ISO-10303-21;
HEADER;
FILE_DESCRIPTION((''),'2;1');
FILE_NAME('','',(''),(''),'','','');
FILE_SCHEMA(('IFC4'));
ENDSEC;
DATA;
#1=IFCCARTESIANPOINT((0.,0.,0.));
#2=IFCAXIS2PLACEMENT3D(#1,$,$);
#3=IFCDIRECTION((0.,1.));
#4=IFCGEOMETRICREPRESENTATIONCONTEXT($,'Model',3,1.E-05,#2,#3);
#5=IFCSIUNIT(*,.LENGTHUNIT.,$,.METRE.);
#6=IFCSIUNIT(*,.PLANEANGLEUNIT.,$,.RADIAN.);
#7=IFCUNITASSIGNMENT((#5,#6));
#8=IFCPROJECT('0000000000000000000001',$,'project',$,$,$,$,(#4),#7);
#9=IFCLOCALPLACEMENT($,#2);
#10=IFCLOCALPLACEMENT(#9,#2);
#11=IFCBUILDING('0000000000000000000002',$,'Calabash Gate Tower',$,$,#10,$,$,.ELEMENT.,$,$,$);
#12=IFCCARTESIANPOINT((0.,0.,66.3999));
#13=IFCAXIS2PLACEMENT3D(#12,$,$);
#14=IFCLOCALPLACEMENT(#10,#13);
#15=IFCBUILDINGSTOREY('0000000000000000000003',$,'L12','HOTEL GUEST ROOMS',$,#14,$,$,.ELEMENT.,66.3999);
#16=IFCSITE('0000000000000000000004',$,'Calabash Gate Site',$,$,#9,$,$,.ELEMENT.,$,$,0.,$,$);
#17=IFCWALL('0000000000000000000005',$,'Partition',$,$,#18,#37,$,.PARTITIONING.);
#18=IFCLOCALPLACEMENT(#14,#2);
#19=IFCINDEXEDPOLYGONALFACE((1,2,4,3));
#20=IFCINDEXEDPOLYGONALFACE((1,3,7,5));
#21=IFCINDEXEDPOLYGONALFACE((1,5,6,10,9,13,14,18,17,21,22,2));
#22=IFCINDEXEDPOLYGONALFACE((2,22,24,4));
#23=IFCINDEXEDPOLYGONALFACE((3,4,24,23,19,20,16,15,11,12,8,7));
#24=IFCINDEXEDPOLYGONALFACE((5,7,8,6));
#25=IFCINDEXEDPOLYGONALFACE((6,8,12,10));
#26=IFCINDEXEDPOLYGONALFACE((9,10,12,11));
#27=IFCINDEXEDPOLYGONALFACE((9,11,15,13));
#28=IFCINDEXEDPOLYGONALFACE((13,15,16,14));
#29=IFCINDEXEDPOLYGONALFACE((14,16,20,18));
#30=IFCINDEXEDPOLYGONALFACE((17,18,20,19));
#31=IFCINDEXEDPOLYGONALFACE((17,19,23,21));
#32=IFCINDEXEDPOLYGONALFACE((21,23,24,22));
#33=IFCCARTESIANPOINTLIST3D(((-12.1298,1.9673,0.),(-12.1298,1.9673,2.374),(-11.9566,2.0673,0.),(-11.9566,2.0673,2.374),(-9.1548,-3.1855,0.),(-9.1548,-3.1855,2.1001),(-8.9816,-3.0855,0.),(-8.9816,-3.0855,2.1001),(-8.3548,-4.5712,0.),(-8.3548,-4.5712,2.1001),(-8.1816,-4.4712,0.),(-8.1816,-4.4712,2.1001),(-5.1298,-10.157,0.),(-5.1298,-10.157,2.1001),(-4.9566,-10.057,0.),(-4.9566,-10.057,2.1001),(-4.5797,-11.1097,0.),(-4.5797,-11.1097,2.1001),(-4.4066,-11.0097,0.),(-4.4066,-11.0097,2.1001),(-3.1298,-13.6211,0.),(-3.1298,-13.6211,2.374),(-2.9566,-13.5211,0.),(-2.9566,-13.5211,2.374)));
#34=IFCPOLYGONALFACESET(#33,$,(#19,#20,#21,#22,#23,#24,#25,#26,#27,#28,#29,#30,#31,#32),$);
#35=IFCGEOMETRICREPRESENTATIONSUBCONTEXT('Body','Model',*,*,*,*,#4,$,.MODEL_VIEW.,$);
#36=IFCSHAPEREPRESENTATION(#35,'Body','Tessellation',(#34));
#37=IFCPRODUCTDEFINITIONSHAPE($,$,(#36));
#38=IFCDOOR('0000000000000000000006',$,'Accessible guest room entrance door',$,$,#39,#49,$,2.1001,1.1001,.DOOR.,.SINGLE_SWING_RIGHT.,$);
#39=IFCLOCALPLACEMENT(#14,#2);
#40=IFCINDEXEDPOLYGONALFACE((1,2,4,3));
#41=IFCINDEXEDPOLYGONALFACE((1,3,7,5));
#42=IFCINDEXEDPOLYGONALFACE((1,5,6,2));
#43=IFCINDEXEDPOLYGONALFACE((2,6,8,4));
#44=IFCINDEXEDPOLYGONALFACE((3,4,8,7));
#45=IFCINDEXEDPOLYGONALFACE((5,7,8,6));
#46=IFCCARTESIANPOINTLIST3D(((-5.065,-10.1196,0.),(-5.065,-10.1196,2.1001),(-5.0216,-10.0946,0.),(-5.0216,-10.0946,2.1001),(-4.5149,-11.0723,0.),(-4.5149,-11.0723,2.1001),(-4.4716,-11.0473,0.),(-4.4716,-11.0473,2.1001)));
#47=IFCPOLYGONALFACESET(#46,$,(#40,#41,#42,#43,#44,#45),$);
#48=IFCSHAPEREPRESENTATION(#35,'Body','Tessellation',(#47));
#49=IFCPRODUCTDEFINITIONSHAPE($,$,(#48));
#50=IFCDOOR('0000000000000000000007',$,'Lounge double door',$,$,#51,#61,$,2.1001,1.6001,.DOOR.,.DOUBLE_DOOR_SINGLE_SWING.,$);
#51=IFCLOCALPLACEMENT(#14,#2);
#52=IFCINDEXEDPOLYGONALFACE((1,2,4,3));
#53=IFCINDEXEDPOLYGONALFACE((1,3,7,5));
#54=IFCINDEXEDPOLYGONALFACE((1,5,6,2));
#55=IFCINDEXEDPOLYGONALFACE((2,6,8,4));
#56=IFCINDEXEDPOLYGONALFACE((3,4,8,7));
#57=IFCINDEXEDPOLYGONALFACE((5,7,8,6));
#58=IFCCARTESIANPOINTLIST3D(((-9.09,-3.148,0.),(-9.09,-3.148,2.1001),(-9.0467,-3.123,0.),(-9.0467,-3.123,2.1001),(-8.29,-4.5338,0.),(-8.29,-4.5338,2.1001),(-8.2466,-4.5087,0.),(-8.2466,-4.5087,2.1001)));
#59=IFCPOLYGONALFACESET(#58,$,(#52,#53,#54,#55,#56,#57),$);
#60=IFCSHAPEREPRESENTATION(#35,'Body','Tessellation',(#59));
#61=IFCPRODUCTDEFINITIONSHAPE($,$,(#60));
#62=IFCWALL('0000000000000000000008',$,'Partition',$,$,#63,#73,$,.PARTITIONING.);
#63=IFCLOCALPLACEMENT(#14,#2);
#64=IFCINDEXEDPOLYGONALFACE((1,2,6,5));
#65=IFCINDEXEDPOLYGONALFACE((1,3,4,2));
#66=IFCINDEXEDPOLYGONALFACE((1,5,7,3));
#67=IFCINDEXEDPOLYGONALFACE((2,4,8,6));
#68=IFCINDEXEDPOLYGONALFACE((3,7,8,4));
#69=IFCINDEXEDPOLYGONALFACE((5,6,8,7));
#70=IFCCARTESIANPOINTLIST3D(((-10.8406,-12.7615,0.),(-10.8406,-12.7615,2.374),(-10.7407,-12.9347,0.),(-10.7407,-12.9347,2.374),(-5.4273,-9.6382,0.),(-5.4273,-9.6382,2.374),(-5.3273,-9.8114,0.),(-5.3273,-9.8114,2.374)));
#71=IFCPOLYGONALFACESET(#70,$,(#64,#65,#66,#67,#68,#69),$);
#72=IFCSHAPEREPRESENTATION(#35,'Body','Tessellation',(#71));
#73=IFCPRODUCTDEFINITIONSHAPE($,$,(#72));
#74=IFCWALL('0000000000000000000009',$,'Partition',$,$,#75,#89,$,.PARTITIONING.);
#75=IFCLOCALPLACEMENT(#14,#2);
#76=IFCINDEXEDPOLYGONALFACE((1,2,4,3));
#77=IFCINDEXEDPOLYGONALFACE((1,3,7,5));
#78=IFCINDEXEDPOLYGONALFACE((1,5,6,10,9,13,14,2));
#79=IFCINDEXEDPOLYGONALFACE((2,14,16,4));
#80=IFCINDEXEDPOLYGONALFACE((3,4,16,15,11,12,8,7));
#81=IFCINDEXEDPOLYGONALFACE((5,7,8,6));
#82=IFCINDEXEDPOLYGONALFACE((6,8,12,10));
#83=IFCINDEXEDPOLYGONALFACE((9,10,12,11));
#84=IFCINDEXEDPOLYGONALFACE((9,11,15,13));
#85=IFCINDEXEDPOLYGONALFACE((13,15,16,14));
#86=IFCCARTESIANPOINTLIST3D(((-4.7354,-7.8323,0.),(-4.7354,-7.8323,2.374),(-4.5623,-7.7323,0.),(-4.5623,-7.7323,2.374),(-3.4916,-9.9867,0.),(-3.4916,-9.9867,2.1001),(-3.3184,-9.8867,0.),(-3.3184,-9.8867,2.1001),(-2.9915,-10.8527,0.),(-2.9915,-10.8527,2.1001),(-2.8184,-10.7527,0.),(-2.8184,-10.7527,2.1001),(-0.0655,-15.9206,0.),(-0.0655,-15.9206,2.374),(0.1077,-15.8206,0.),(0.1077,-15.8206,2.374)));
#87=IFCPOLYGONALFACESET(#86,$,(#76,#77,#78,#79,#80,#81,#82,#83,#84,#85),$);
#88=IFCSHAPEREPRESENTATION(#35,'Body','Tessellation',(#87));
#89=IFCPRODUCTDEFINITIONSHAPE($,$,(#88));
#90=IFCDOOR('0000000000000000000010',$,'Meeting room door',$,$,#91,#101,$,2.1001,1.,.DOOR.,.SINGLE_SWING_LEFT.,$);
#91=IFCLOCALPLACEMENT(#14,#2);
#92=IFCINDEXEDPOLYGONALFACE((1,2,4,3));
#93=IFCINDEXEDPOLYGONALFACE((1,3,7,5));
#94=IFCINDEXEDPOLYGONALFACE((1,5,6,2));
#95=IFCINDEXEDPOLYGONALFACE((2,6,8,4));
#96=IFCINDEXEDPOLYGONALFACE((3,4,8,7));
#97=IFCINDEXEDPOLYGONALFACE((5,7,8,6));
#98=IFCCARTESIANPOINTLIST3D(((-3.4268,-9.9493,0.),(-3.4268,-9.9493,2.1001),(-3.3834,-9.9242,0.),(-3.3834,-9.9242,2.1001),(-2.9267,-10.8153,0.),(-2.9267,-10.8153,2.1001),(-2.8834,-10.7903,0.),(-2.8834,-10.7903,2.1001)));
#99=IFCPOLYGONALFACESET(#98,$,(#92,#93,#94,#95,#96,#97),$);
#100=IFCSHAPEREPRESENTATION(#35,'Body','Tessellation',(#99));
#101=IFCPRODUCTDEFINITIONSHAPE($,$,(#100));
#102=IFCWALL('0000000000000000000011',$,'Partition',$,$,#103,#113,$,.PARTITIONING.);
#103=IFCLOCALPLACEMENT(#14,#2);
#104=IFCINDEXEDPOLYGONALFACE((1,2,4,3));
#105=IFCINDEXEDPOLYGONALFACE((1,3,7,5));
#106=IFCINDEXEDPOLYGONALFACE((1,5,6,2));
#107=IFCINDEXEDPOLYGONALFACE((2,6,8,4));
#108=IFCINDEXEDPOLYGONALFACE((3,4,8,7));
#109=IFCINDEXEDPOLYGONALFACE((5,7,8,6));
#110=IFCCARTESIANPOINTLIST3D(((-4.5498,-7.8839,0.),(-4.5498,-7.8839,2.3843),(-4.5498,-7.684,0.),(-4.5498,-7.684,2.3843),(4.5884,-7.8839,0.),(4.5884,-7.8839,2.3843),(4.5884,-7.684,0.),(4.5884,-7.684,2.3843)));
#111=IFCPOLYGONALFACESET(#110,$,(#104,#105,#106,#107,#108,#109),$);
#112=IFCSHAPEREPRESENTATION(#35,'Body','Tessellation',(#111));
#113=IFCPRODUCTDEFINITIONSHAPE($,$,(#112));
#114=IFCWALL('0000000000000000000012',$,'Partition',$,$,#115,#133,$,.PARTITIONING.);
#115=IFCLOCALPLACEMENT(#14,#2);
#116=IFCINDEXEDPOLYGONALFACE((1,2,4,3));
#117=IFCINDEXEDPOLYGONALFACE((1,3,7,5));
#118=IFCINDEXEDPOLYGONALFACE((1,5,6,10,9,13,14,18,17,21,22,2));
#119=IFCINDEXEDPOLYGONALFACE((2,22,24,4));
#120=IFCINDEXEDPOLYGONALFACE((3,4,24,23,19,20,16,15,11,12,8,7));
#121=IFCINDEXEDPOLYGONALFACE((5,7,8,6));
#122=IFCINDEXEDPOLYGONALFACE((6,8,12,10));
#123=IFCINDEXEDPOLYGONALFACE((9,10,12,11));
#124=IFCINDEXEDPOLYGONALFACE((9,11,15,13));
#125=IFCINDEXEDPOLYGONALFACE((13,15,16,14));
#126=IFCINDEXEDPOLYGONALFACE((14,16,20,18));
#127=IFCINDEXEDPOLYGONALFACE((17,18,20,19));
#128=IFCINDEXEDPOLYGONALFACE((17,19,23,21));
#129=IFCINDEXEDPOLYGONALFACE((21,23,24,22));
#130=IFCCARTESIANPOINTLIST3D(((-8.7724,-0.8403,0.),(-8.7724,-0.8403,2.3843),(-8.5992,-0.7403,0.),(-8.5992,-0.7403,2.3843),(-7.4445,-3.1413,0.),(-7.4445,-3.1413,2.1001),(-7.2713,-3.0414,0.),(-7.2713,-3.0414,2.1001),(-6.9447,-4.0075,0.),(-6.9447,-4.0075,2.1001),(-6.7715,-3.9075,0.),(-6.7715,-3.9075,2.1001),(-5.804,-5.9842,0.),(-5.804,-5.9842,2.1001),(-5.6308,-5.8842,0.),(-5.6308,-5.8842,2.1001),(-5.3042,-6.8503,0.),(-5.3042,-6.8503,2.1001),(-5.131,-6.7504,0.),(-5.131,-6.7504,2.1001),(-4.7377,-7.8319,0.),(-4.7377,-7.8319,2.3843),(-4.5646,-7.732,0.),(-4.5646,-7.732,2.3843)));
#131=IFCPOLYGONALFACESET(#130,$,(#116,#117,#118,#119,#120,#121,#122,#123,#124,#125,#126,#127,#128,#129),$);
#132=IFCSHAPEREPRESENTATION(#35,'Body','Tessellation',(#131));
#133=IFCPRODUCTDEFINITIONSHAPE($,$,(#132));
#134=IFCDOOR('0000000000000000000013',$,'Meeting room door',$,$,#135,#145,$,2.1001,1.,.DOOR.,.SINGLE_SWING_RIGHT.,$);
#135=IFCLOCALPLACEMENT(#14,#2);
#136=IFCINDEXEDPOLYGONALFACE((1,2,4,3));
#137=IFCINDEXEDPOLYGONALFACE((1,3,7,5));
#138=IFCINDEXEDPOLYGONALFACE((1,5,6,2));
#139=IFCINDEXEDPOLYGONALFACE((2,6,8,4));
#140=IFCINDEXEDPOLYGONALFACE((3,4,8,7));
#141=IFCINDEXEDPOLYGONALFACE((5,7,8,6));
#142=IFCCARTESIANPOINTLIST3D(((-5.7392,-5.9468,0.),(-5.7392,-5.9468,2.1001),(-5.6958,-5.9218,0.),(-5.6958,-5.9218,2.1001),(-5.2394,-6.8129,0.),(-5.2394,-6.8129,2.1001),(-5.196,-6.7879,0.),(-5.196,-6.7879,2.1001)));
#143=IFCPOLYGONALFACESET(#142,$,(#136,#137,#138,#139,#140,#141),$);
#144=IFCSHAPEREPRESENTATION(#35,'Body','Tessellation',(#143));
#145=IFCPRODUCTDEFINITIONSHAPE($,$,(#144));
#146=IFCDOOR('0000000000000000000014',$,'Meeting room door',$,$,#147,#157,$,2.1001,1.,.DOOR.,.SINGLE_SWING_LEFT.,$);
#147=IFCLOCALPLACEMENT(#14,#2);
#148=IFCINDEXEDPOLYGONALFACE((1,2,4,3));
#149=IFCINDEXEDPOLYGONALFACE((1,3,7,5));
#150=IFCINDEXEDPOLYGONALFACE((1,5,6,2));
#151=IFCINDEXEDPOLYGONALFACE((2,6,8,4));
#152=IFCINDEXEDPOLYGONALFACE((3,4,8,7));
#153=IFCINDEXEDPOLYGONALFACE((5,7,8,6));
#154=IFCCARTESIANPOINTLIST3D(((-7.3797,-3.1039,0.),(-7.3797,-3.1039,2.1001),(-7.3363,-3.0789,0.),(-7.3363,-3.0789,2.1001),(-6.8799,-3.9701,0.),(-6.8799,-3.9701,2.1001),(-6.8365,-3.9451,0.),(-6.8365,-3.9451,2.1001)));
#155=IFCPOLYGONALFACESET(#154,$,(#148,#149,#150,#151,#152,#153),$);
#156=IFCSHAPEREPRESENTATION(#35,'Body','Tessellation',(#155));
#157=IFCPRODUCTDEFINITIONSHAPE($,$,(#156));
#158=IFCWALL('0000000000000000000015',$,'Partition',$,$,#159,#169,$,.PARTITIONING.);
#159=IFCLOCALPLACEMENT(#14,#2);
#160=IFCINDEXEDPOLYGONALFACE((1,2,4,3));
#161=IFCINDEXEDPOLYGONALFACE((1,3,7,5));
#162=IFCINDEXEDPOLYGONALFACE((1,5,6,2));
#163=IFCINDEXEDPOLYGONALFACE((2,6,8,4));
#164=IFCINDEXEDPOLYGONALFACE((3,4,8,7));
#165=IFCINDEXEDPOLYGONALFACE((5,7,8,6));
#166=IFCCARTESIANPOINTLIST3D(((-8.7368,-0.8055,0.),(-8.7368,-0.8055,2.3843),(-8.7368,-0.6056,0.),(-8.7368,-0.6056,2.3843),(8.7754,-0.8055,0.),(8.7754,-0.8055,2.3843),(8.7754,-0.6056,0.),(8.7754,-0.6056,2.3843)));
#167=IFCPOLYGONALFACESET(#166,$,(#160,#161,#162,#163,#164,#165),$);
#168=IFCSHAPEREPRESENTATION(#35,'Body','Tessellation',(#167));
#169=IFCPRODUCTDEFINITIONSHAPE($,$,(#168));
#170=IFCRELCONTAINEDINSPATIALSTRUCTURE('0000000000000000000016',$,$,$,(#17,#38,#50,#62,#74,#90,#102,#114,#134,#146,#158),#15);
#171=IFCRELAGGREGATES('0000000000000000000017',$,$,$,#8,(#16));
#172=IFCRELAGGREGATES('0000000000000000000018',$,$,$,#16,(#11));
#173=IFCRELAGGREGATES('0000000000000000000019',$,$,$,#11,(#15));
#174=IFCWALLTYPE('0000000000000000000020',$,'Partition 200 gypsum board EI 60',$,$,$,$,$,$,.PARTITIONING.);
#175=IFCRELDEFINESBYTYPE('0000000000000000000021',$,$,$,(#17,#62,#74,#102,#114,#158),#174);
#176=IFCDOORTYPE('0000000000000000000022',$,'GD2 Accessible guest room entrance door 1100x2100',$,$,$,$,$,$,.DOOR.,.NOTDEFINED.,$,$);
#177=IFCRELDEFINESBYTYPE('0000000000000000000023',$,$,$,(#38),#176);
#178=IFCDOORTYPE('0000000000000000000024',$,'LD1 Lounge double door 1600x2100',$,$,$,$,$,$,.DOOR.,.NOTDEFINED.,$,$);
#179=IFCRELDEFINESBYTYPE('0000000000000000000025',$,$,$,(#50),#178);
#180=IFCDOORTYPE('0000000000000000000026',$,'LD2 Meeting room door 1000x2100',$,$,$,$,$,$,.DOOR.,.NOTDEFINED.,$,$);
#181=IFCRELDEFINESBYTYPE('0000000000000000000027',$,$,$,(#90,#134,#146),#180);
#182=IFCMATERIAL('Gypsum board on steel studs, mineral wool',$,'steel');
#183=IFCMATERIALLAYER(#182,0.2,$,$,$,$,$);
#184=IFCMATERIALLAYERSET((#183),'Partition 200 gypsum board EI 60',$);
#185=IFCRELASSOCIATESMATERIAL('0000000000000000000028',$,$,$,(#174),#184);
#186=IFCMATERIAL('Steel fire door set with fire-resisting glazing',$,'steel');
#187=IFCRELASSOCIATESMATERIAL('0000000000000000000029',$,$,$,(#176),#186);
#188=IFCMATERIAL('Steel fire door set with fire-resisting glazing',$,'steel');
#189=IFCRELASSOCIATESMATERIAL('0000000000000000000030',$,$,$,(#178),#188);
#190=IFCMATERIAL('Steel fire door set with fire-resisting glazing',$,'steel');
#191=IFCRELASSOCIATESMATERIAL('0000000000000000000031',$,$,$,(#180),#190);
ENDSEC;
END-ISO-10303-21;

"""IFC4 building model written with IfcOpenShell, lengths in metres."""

from ifc_helpers import new_model, si_unit, direction, frame, frame_2d, origin, place, context, subcontext, project, spatial, rectangle, extrude, material, layer, layer_set, type_object, element, fill, save


model = new_model("IFC4")

# Units and contexts
model_context = context("Model", 3, precision=1e-05, world=origin(), true_north=direction((0.0, 1.0)))
body_context = subcontext(model_context, "Body", "Model", "MODEL_VIEW")
ifc_project = project(units=[si_unit("LENGTHUNIT", "METRE"), si_unit("PLANEANGLEUNIT", "RADIAN")], contexts=[model_context])

# Site, building, storey
site_placement = place(None, origin())
site = spatial("IfcSite", under=ifc_project, at=site_placement, Name="Calabash Gate Site", CompositionType="ELEMENT", RefElevation=0.0)
building_placement = place(site_placement, origin())
building = spatial("IfcBuilding", under=site, at=building_placement, Name="Calabash Gate Tower", CompositionType="ELEMENT")
storey_placement = place(building_placement, frame((0.0, 0.0, 66.3999)))
storey = spatial("IfcBuildingStorey", under=building, at=storey_placement, Name="L12", Description="HOTEL GUEST ROOMS", CompositionType="ELEMENT", Elevation=66.3999)

# Wall, openings, doors
ifc_material_1 = material(Name="Gypsum board on steel studs, mineral wool", Category="steel")
ifc_layer_1 = layer(ifc_material_1, 0.2)
ifc_layer_set_1 = layer_set([ifc_layer_1], Name="Partition 200 gypsum board EI 60")
wall_type_1 = type_object("IfcWallType", Name="Partition 200 gypsum board EI 60", PredefinedType="PARTITIONING", material=ifc_layer_set_1)
wall_1_placement = place(storey_placement, frame((-12.0432, 2.0173, 0.0), z_axis=(0.0, 0.0, 1.0), x_axis=(0.500002, -0.866024, 0.0)))
wall_1 = element("IfcWall", 1, at=wall_1_placement, inside=storey, type_object=wall_type_1, Name="Partition", PredefinedType="PARTITIONING", context=body_context, shape_type="SweptSolid", body=[
    extrude(rectangle(XDim=18.0, YDim=0.2, at=frame_2d((9.0, 0.0))), origin(), (0.0, 0.0, 1.0), 2.374),
])
opening_1_placement = place(wall_1_placement, frame((5.95, 0.0, 0.0)))
opening_1 = element("IfcOpeningElement", 2, at=opening_1_placement, cuts=wall_1, PredefinedType="OPENING", context=body_context, shape_type="SweptSolid", body=[
    extrude(rectangle(XDim=1.6001, YDim=2.1001, at=frame_2d((0.8, 1.05))), frame((0.0, 0.1099, 0.0), z_axis=(0.0, -1.0, 0.0), x_axis=(1.0, 0.0, 0.0)), (0.0, 0.0, 1.0), 0.22),
])
opening_2_placement = place(wall_1_placement, frame((14.0, 0.0, 0.0)))
opening_2 = element("IfcOpeningElement", 3, at=opening_2_placement, cuts=wall_1, PredefinedType="OPENING", context=body_context, shape_type="SweptSolid", body=[
    extrude(rectangle(XDim=1.1001, YDim=2.1001, at=frame_2d((0.55, 1.05))), frame((0.0, 0.1099, 0.0), z_axis=(0.0, -1.0, 0.0), x_axis=(1.0, 0.0, 0.0)), (0.0, 0.0, 1.0), 0.22),
])
ifc_material_2 = material(Name="Steel fire door set with fire-resisting glazing", Category="steel")
door_type_1 = type_object("IfcDoorType", Name="GD2 Accessible guest room entrance door 1100x2100", OperationType="NOTDEFINED", PredefinedType="DOOR", material=ifc_material_2)
door_1_placement = place(opening_2_placement, origin())
door_1 = element("IfcDoor", 4, at=door_1_placement, inside=storey, type_object=door_type_1, Name="Accessible guest room entrance door", OperationType="SINGLE_SWING_RIGHT", OverallHeight=2.1001, OverallWidth=1.1001, PredefinedType="DOOR", context=body_context, shape_type="SweptSolid", body=[
    extrude(rectangle(XDim=1.1001, YDim=2.1001, at=frame_2d((0.55, 1.05))), frame((0.0, 0.0249, 0.0), z_axis=(0.0, -1.0, 0.0), x_axis=(1.0, 0.0, 0.0)), (0.0, 0.0, 1.0), 0.05),
])
fill(opening_2, door_1)
ifc_material_3 = material(Name="Steel fire door set with fire-resisting glazing", Category="steel")
door_type_2 = type_object("IfcDoorType", Name="LD1 Lounge double door 1600x2100", OperationType="NOTDEFINED", PredefinedType="DOOR", material=ifc_material_3)
door_2_placement = place(opening_1_placement, origin())
door_2 = element("IfcDoor", 5, at=door_2_placement, inside=storey, type_object=door_type_2, Name="Lounge double door", OperationType="DOUBLE_DOOR_SINGLE_SWING", OverallHeight=2.1001, OverallWidth=1.6001, PredefinedType="DOOR", context=body_context, shape_type="SweptSolid", body=[
    extrude(rectangle(XDim=1.6001, YDim=2.1001, at=frame_2d((0.8, 1.05))), frame((0.0, 0.0249, 0.0), z_axis=(0.0, -1.0, 0.0), x_axis=(1.0, 0.0, 0.0)), (0.0, 0.0, 1.0), 0.05),
])
fill(opening_1, door_2)

# Wall
wall_2_placement = place(storey_placement, frame((-10.7908, -12.8481, 0.0), z_axis=(0.0, 0.0, 1.0), x_axis=(0.866171, 0.499748, 0.0)))
element("IfcWall", 6, at=wall_2_placement, inside=storey, type_object=wall_type_1, Name="Partition", PredefinedType="PARTITIONING", context=body_context, shape_type="SweptSolid", body=[
    extrude(rectangle(XDim=6.2498, YDim=0.2, at=frame_2d((3.125, 0.0))), origin(), (0.0, 0.0, 1.0), 2.374),
])

# Wall, opening, door
wall_3_placement = place(storey_placement, frame((-4.6489, -7.7822, 0.0), z_axis=(0.0, 0.0, 1.0), x_axis=(0.500019, -0.866015, 0.0)))
wall_3 = element("IfcWall", 7, at=wall_3_placement, inside=storey, type_object=wall_type_1, Name="Partition", PredefinedType="PARTITIONING", context=body_context, shape_type="SweptSolid", body=[
    extrude(rectangle(XDim=9.3396, YDim=0.2, at=frame_2d((4.6699, 0.0))), origin(), (0.0, 0.0, 1.0), 2.374),
])
opening_3_placement = place(wall_3_placement, frame((2.4878, 0.0, 0.0)))
opening_3 = element("IfcOpeningElement", 8, at=opening_3_placement, cuts=wall_3, PredefinedType="OPENING", context=body_context, shape_type="SweptSolid", body=[
    extrude(rectangle(XDim=1.0, YDim=2.1001, at=frame_2d((0.5, 1.05))), frame((0.0, 0.1099, 0.0), z_axis=(0.0, -1.0, 0.0), x_axis=(1.0, 0.0, 0.0)), (0.0, 0.0, 1.0), 0.22),
])
ifc_material_4 = material(Name="Steel fire door set with fire-resisting glazing", Category="steel")
door_type_3 = type_object("IfcDoorType", Name="LD2 Meeting room door 1000x2100", OperationType="NOTDEFINED", PredefinedType="DOOR", material=ifc_material_4)
door_3_placement = place(opening_3_placement, origin())
door_3 = element("IfcDoor", 9, at=door_3_placement, inside=storey, type_object=door_type_3, Name="Meeting room door", OperationType="SINGLE_SWING_LEFT", OverallHeight=2.1001, OverallWidth=1.0, PredefinedType="DOOR", context=body_context, shape_type="SweptSolid", body=[
    extrude(rectangle(XDim=1.0, YDim=2.1001, at=frame_2d((0.5, 1.05))), frame((0.0, 0.0249, 0.0), z_axis=(0.0, -1.0, 0.0), x_axis=(1.0, 0.0, 0.0)), (0.0, 0.0, 1.0), 0.05),
])
fill(opening_3, door_3)

# Wall
wall_4_placement = place(storey_placement, frame((-4.5498, -7.7839, 0.0), z_axis=(0.0, 0.0, 1.0), x_axis=(1.0, 0.0, 0.0)))
element("IfcWall", 10, at=wall_4_placement, inside=storey, type_object=wall_type_1, Name="Partition", PredefinedType="PARTITIONING", context=body_context, shape_type="SweptSolid", body=[
    extrude(rectangle(XDim=9.1382, YDim=0.2, at=frame_2d((4.5691, 0.0))), origin(), (0.0, 0.0, 1.0), 2.3843),
])

# Wall, openings, doors
wall_5_placement = place(storey_placement, frame((-8.6858, -0.7903, 0.0), z_axis=(0.0, 0.0, 1.0), x_axis=(0.499815, -0.866132, 0.0)))
wall_5 = element("IfcWall", 11, at=wall_5_placement, inside=storey, type_object=wall_type_1, Name="Partition", PredefinedType="PARTITIONING", context=body_context, shape_type="SweptSolid", body=[
    extrude(rectangle(XDim=8.0723, YDim=0.2, at=frame_2d((4.0361, 0.0))), origin(), (0.0, 0.0, 1.0), 2.3843),
])
opening_4_placement = place(wall_5_placement, frame((5.939, 0.0, 0.0)))
opening_4 = element("IfcOpeningElement", 12, at=opening_4_placement, cuts=wall_5, PredefinedType="OPENING", context=body_context, shape_type="SweptSolid", body=[
    extrude(rectangle(XDim=1.0, YDim=2.1001, at=frame_2d((0.5, 1.05))), frame((0.0, 0.1099, 0.0), z_axis=(0.0, -1.0, 0.0), x_axis=(1.0, 0.0, 0.0)), (0.0, 0.0, 1.0), 0.22),
])
opening_5_placement = place(wall_5_placement, frame((2.6567, 0.0, 0.0)))
opening_5 = element("IfcOpeningElement", 13, at=opening_5_placement, cuts=wall_5, PredefinedType="OPENING", context=body_context, shape_type="SweptSolid", body=[
    extrude(rectangle(XDim=1.0, YDim=2.1001, at=frame_2d((0.5, 1.05))), frame((0.0, 0.1099, 0.0), z_axis=(0.0, -1.0, 0.0), x_axis=(1.0, 0.0, 0.0)), (0.0, 0.0, 1.0), 0.22),
])
door_4_placement = place(opening_4_placement, origin())
door_4 = element("IfcDoor", 14, at=door_4_placement, inside=storey, type_object=door_type_3, Name="Meeting room door", OperationType="SINGLE_SWING_RIGHT", OverallHeight=2.1001, OverallWidth=1.0, PredefinedType="DOOR", context=body_context, shape_type="SweptSolid", body=[
    extrude(rectangle(XDim=1.0, YDim=2.1001, at=frame_2d((0.5, 1.05))), frame((0.0, 0.0249, 0.0), z_axis=(0.0, -1.0, 0.0), x_axis=(1.0, 0.0, 0.0)), (0.0, 0.0, 1.0), 0.05),
])
fill(opening_4, door_4)
door_5_placement = place(opening_5_placement, origin())
door_5 = element("IfcDoor", 15, at=door_5_placement, inside=storey, type_object=door_type_3, Name="Meeting room door", OperationType="SINGLE_SWING_LEFT", OverallHeight=2.1001, OverallWidth=1.0, PredefinedType="DOOR", context=body_context, shape_type="SweptSolid", body=[
    extrude(rectangle(XDim=1.0, YDim=2.1001, at=frame_2d((0.5, 1.05))), frame((0.0, 0.0249, 0.0), z_axis=(0.0, -1.0, 0.0), x_axis=(1.0, 0.0, 0.0)), (0.0, 0.0, 1.0), 0.05),
])
fill(opening_5, door_5)

# Wall
wall_6_placement = place(storey_placement, frame((-8.7368, -0.7056, 0.0), z_axis=(0.0, 0.0, 1.0), x_axis=(1.0, 0.0, 0.0)))
element("IfcWall", 16, at=wall_6_placement, inside=storey, type_object=wall_type_1, Name="Partition", PredefinedType="PARTITIONING", context=body_context, shape_type="SweptSolid", body=[
    extrude(rectangle(XDim=17.5122, YDim=0.2, at=frame_2d((8.7561, 0.0))), origin(), (0.0, 0.0, 1.0), 2.3843),
])

save(model, "model.ifc")
